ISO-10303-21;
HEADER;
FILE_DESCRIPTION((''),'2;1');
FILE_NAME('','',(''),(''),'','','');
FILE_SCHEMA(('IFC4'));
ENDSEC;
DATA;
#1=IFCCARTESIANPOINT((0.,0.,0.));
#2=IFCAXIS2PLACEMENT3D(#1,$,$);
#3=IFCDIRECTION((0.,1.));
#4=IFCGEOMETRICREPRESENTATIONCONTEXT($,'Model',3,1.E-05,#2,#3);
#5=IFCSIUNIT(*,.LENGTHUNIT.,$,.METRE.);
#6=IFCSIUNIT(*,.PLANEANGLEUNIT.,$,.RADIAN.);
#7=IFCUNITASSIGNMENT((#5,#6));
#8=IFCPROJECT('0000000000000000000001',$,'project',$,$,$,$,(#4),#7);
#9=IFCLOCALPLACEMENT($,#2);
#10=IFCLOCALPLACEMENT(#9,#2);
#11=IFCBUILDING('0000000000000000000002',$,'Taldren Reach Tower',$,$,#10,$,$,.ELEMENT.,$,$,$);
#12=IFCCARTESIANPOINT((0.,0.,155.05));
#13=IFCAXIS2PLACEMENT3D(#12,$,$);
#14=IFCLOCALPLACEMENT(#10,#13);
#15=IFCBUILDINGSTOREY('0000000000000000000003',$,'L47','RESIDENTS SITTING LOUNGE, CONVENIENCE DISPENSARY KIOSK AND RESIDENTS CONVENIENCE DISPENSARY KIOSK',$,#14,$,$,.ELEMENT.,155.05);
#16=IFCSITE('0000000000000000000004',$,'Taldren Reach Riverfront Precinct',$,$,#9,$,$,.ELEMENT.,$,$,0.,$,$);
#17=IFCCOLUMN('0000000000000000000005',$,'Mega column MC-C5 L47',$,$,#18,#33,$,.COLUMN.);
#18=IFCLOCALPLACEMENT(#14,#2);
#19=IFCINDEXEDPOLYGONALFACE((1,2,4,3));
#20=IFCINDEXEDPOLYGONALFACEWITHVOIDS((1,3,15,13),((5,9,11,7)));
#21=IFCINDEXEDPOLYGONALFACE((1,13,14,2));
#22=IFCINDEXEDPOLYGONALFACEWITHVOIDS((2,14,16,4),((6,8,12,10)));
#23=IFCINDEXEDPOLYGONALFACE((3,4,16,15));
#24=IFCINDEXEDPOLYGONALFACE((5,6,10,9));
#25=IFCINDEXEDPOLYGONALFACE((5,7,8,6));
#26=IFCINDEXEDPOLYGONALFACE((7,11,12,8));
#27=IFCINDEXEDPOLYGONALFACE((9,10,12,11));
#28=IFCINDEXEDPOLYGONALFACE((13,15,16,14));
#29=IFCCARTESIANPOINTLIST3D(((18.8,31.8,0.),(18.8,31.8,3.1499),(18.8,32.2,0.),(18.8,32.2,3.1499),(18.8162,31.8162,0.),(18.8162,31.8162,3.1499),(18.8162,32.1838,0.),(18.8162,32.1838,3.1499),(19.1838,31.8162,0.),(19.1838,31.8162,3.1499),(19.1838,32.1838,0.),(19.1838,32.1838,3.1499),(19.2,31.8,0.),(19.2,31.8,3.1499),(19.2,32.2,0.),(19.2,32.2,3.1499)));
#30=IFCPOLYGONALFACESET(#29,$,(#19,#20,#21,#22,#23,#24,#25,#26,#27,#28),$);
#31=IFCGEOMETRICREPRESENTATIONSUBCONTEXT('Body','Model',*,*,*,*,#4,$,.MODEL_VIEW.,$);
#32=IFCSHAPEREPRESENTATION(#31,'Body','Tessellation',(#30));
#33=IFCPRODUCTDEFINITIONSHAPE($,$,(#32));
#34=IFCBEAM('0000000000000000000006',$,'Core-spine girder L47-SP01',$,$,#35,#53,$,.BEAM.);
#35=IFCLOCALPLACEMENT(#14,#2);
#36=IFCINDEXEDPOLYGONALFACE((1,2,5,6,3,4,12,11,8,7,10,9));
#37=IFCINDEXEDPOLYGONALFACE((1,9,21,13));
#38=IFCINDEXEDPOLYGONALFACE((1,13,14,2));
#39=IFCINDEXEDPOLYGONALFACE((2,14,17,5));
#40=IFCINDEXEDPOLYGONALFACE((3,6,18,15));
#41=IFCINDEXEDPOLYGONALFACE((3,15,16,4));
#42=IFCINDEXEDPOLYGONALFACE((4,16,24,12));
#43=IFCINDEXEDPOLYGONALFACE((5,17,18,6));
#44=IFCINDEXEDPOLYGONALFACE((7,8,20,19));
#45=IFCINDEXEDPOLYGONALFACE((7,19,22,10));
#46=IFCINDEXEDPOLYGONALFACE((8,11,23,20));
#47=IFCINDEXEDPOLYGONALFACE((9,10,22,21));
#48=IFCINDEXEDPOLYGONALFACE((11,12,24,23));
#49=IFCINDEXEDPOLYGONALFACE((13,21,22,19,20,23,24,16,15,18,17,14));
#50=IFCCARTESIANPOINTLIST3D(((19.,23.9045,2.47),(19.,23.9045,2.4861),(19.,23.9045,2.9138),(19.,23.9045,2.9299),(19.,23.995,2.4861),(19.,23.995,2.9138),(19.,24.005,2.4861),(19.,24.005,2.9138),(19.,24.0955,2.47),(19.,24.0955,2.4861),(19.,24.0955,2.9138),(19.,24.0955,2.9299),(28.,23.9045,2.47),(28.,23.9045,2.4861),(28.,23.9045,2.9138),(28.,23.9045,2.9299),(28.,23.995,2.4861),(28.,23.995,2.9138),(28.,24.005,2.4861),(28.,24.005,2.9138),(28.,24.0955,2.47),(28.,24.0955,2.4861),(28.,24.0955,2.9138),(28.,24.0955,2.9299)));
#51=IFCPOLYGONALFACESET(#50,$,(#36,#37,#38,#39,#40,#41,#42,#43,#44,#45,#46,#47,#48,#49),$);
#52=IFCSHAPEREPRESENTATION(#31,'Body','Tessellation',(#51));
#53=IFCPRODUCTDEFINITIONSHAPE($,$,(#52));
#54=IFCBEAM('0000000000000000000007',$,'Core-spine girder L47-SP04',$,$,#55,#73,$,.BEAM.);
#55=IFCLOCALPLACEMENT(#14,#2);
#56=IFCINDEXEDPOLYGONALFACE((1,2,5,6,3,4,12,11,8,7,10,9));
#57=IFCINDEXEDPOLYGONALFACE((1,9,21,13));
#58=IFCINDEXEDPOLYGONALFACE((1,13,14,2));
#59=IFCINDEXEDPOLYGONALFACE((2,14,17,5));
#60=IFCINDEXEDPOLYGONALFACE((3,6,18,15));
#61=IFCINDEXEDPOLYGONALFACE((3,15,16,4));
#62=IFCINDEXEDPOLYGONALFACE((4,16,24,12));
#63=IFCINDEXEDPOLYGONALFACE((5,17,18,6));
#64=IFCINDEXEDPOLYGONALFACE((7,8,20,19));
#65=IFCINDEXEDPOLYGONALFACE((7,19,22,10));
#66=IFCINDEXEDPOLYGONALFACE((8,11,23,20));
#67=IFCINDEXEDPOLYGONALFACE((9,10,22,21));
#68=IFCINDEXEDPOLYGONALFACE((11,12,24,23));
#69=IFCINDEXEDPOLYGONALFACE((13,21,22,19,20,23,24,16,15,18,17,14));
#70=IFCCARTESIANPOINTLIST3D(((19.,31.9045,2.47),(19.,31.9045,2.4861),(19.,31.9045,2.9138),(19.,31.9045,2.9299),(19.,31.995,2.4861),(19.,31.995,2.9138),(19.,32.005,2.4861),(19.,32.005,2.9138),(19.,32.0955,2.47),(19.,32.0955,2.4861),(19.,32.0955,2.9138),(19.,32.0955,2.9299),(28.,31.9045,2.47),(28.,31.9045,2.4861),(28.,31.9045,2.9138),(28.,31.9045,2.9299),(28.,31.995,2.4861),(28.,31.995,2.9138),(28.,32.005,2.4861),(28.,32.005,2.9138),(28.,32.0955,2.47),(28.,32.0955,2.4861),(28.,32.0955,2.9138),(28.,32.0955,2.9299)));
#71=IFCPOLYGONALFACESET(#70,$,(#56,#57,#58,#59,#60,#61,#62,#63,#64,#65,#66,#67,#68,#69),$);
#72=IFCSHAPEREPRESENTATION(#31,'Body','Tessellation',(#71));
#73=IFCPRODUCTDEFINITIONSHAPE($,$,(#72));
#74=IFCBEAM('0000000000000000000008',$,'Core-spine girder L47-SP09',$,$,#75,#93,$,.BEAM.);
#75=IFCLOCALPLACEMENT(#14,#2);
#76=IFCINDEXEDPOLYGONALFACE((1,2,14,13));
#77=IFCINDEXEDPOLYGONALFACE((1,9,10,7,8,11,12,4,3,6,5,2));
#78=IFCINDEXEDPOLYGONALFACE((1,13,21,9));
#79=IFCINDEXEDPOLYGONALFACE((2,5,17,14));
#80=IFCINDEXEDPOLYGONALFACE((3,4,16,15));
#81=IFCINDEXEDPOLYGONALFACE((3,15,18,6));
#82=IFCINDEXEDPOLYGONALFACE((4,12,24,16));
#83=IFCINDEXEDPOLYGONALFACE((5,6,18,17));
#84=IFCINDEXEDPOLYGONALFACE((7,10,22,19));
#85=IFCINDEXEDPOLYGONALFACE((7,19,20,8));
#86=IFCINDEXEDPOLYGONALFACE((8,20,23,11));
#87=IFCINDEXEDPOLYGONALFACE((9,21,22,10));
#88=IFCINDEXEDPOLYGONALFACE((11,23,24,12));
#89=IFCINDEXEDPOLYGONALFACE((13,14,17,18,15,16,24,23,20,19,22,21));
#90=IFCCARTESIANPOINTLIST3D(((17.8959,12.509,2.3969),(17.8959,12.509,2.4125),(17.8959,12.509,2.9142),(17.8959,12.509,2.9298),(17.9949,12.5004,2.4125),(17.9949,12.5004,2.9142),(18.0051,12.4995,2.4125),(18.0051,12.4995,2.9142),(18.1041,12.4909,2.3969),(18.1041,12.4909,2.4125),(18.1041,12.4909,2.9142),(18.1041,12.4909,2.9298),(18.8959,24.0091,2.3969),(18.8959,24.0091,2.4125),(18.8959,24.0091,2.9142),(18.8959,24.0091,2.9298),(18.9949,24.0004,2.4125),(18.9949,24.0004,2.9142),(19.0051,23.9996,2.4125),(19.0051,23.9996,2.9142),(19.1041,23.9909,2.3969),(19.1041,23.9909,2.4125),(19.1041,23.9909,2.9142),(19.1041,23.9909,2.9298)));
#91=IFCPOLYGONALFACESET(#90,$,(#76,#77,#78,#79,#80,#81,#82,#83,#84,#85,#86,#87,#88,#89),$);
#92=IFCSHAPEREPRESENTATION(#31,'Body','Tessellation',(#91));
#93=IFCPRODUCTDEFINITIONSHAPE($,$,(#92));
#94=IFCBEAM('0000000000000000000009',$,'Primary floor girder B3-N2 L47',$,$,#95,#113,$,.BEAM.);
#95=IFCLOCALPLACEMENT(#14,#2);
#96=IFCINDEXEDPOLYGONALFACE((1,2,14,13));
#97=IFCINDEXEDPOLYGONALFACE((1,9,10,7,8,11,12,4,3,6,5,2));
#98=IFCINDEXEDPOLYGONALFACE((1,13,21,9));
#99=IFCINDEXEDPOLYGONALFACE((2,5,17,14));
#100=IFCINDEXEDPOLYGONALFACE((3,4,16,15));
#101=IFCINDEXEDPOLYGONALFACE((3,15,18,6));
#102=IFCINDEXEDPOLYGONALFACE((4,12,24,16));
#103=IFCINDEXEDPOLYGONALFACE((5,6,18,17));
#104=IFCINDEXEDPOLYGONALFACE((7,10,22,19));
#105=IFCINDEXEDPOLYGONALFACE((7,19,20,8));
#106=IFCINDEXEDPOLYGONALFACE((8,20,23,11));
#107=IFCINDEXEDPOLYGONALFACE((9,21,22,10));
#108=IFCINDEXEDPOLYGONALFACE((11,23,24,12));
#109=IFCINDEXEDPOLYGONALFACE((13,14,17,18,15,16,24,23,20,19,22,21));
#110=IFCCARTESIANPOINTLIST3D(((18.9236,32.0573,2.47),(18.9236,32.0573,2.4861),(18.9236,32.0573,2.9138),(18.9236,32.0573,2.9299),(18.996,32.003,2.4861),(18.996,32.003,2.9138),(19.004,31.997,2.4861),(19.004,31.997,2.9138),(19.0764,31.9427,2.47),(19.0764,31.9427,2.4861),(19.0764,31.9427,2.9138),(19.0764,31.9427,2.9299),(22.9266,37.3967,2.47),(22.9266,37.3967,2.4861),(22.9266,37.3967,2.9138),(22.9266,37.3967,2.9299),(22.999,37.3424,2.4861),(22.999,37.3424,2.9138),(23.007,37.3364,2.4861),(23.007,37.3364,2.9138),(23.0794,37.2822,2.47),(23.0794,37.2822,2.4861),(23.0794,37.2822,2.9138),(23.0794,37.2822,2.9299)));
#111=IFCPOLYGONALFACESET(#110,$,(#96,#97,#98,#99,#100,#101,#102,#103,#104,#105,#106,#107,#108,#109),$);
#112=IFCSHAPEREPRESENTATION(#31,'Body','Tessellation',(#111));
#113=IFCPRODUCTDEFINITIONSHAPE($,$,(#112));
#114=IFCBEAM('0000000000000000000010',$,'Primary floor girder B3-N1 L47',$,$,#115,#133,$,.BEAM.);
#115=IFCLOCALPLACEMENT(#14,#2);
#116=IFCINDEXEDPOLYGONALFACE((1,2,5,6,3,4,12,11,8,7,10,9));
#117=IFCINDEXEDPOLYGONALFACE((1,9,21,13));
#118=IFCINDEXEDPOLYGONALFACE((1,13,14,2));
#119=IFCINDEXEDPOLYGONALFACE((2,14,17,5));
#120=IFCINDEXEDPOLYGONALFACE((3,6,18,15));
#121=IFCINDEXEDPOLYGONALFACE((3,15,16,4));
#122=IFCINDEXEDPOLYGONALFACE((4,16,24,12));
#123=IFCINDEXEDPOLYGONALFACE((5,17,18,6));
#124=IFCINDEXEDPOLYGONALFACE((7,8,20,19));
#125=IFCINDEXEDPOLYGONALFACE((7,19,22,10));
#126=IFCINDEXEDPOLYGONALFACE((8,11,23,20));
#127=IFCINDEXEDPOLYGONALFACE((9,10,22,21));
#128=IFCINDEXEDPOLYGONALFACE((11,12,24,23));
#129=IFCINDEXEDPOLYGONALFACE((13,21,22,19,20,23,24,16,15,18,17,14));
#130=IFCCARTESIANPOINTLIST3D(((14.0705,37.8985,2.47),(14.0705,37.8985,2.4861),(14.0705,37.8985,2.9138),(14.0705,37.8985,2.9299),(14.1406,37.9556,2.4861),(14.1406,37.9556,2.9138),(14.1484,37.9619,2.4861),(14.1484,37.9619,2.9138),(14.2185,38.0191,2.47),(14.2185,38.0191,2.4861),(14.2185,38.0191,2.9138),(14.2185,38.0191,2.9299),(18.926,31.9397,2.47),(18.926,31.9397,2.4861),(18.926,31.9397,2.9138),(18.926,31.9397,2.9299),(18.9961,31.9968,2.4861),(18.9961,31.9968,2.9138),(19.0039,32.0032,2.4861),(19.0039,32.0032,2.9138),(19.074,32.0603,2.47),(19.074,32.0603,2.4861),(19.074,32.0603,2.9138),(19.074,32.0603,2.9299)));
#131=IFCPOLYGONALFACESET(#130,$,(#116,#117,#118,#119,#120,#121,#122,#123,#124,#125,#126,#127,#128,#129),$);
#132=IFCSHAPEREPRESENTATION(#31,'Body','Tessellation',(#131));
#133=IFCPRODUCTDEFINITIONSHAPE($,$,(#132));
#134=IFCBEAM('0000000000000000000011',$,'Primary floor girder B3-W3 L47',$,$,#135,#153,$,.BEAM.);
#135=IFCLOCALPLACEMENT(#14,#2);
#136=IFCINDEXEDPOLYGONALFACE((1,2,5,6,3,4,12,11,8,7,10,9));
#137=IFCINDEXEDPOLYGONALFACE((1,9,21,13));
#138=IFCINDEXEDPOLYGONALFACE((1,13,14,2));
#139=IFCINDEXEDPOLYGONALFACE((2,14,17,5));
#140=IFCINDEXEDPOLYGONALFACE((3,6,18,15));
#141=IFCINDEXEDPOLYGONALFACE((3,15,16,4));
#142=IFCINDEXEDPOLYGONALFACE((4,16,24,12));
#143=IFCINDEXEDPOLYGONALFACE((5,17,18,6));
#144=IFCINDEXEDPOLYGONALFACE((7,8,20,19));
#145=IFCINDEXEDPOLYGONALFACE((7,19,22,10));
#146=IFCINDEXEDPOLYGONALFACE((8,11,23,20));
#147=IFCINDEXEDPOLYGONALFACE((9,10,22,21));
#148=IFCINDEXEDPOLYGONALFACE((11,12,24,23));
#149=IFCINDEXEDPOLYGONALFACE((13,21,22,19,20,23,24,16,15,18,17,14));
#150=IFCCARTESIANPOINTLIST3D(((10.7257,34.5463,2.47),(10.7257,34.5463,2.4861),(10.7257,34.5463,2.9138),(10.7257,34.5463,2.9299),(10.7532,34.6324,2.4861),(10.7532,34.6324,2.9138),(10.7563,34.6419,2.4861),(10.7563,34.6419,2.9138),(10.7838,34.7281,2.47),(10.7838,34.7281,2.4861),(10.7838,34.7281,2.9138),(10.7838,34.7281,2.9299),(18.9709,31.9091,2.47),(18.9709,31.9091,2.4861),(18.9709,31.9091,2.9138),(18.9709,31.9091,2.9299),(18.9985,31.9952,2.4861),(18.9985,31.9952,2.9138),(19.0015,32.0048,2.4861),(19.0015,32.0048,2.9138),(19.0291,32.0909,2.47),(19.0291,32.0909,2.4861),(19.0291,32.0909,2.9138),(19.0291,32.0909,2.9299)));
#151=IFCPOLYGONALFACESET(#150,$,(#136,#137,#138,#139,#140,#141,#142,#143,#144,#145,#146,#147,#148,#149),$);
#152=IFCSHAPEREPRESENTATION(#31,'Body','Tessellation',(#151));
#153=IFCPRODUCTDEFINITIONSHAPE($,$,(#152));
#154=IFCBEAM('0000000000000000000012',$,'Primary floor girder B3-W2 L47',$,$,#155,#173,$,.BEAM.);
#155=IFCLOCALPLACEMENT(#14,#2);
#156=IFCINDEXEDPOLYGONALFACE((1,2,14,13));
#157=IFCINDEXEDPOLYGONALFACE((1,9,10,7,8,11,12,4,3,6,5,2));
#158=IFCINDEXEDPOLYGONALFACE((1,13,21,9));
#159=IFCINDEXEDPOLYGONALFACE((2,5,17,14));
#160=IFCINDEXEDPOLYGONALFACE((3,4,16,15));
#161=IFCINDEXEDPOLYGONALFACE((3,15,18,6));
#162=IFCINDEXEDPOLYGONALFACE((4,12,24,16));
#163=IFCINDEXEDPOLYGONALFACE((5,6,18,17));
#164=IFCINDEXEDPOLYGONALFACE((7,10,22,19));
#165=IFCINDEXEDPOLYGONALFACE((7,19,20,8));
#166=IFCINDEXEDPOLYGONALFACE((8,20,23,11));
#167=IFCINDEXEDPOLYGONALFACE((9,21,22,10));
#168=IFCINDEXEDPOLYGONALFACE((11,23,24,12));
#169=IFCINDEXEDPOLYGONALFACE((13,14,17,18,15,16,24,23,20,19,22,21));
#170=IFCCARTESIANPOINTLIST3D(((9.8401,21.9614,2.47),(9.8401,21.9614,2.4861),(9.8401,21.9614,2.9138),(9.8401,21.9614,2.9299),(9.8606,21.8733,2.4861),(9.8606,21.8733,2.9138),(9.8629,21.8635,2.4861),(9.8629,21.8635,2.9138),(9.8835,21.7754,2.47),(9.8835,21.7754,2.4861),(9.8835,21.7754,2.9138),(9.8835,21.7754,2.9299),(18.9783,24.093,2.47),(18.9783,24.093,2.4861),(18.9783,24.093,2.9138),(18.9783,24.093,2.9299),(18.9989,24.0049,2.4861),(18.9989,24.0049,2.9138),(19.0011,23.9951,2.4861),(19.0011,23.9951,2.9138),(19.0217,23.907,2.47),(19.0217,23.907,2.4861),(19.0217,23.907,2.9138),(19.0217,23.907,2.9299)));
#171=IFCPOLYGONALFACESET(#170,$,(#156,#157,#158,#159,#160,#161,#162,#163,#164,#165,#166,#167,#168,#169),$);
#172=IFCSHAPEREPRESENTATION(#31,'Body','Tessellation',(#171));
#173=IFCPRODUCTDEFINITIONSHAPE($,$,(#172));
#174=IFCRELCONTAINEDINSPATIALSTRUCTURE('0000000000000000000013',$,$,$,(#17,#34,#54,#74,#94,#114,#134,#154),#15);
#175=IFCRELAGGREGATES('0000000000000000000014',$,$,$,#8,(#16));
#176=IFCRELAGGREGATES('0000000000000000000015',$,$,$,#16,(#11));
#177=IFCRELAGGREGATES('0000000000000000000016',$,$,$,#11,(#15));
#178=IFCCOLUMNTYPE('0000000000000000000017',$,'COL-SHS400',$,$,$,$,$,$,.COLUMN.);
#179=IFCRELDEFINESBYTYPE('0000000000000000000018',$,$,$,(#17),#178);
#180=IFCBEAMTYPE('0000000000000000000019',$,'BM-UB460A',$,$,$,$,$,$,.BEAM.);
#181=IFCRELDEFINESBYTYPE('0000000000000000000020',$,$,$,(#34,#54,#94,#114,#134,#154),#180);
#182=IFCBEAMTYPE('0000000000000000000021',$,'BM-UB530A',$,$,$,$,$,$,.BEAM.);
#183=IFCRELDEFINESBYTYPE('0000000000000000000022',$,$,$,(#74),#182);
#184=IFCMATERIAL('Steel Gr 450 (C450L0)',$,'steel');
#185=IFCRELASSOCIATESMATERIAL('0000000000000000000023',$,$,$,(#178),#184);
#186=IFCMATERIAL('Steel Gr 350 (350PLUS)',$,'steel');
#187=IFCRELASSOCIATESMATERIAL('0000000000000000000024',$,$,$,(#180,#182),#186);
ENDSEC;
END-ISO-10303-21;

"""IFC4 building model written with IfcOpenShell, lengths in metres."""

from ifc_helpers import new_model, si_unit, direction, frame, origin, origin_2d, place, context, subcontext, project, spatial, hollow_rectangle, i_section, extrude, source, transform, mapped, material, material_profile, profile_set, type_object, element, save


model = new_model("IFC4")

# Units and contexts
model_context = context("Model", 3, precision=1e-05, world=origin(), true_north=direction((0.0, 1.0)))
body_context = subcontext(model_context, "Body", "Model", "MODEL_VIEW")
ifc_project = project(units=[si_unit("LENGTHUNIT", "METRE"), si_unit("PLANEANGLEUNIT", "RADIAN")], contexts=[model_context])

# Site, building, storey
site_placement = place(None, origin())
site = spatial("IfcSite", under=ifc_project, at=site_placement, Name="Taldren Reach Riverfront Precinct", CompositionType="ELEMENT", RefElevation=0.0)
building_placement = place(site_placement, origin())
building = spatial("IfcBuilding", under=site, at=building_placement, Name="Taldren Reach Tower", CompositionType="ELEMENT")
storey_placement = place(building_placement, frame((0.0, 0.0, 155.05)))
storey = spatial("IfcBuildingStorey", under=building, at=storey_placement, Name="L47", Description="RESIDENTS SITTING LOUNGE, CONVENIENCE DISPENSARY KIOSK AND RESIDENTS CONVENIENCE DISPENSARY KIOSK", CompositionType="ELEMENT", Elevation=155.05)

# Column
ifc_material_1 = material(Name="Steel Gr 450 (C450L0)", Category="steel")
ifc_material_profile_1 = material_profile(ifc_material_1, hollow_rectangle(XDim=0.3999, YDim=0.3999, WallThickness=0.0161, at=origin_2d()), Name="400x400x16.0SHS")
ifc_profile_set_1 = profile_set([ifc_material_profile_1], Name="Steel Gr 450 (C450L0)")
column_type = type_object("IfcColumnType", Name="COL-SHS400", PredefinedType="COLUMN", material=ifc_profile_set_1)
shared_shape_1 = source(origin(), body_context, "Body", "SweptSolid", [
    extrude(hollow_rectangle(XDim=0.3999, YDim=0.3999, WallThickness=0.0161, at=origin_2d()), origin(), (0.0, 0.0, 1.0), 3.1499),
])
column_placement = place(storey_placement, frame((19.0, 32.0, 0.0), z_axis=(0.0, 0.0, 1.0), x_axis=(1.0, 0.0, 0.0)))
element("IfcColumn", 1, at=column_placement, inside=storey, type_object=column_type, Name="Mega column MC-C5 L47", PredefinedType="COLUMN", context=body_context, shape_type="MappedRepresentation", body=[
    mapped(shared_shape_1, transform((0.0, 0.0, 0.0), scale=1.0)),
])

# Beams
ifc_material_2 = material(Name="Steel Gr 350 (350PLUS)", Category="steel")
ifc_material_profile_2 = material_profile(ifc_material_2, i_section(OverallWidth=0.1909, OverallDepth=0.46, WebThickness=0.01, FlangeThickness=0.0161, at=origin_2d()), Name="460UB82.1")
ifc_profile_set_2 = profile_set([ifc_material_profile_2], Name="Steel Gr 350 (350PLUS)")
beam_type_1 = type_object("IfcBeamType", Name="BM-UB460A", PredefinedType="BEAM", material=ifc_profile_set_2)
shared_shape_2 = source(origin(), body_context, "Body", "SweptSolid", [
    extrude(i_section(OverallWidth=0.1909, OverallDepth=0.46, WebThickness=0.01, FlangeThickness=0.0161, at=origin_2d()), origin(), (0.0, 0.0, 1.0), 9.0),
])
for number, where, z_axis, x_axis, name in (
    (2, (19.0, 24.0, 2.7), (1.0, 0.0, 0.0), (0.0, 1.0, 0.0), "Core-spine girder L47-SP01"),
    (3, (19.0, 32.0, 2.7), (1.0, 0.0, 0.0), (0.0, 1.0, 0.0), "Core-spine girder L47-SP04"),
):
    element("IfcBeam", number, at=place(storey_placement, frame(where, z_axis=z_axis, x_axis=x_axis)), inside=storey, type_object=beam_type_1, Name=name, PredefinedType="BEAM", context=body_context, shape_type="MappedRepresentation", body=[
        mapped(shared_shape_2, transform((0.0, 0.0, 0.0), scale=1.0)),
    ])
ifc_material_profile_3 = material_profile(ifc_material_2, i_section(OverallWidth=0.209, OverallDepth=0.533, WebThickness=0.0103, FlangeThickness=0.0156, at=origin_2d()), Name="530UB92.4")
ifc_profile_set_3 = profile_set([ifc_material_profile_3], Name="Steel Gr 350 (350PLUS)")
beam_type_2 = type_object("IfcBeamType", Name="BM-UB530A", PredefinedType="BEAM", material=ifc_profile_set_3)
shared_shape_3 = source(origin(), body_context, "Body", "SweptSolid", [
    extrude(i_section(OverallWidth=0.209, OverallDepth=0.533, WebThickness=0.0103, FlangeThickness=0.0156, at=origin_2d()), origin(), (0.0, 0.0, 1.0), 11.5435),
])
beam_1_placement = place(storey_placement, frame((19.0, 24.0, 2.6633), z_axis=(-0.08663, -0.996241, 0.0), x_axis=(0.996241, -0.08663, 0.0)))
element("IfcBeam", 4, at=beam_1_placement, inside=storey, type_object=beam_type_2, Name="Core-spine girder L47-SP09", PredefinedType="BEAM", context=body_context, shape_type="MappedRepresentation", body=[
    mapped(shared_shape_3, transform((0.0, 0.0, 0.0), scale=1.0)),
])
shared_shape_4 = source(origin(), body_context, "Body", "SweptSolid", [
    extrude(i_section(OverallWidth=0.1909, OverallDepth=0.46, WebThickness=0.01, FlangeThickness=0.0161, at=origin_2d()), origin(), (0.0, 0.0, 1.0), 6.6733),
])
beam_2_placement = place(storey_placement, frame((19.0, 32.0, 2.7), z_axis=(0.599848, 0.800114, 0.0), x_axis=(-0.800114, 0.599848, 0.0)))
element("IfcBeam", 5, at=beam_2_placement, inside=storey, type_object=beam_type_1, Name="Primary floor girder B3-N2 L47", PredefinedType="BEAM", context=body_context, shape_type="MappedRepresentation", body=[
    mapped(shared_shape_4, transform((0.0, 0.0, 0.0), scale=1.0)),
])
shared_shape_5 = source(origin(), body_context, "Body", "SweptSolid", [
    extrude(i_section(OverallWidth=0.1909, OverallDepth=0.46, WebThickness=0.01, FlangeThickness=0.0161, at=origin_2d()), origin(), (0.0, 0.0, 1.0), 7.6865),
])
beam_3_placement = place(storey_placement, frame((19.0, 32.0, 2.7), z_axis=(-0.631689, 0.775222, 0.0), x_axis=(-0.775222, -0.631689, 0.0)))
element("IfcBeam", 6, at=beam_3_placement, inside=storey, type_object=beam_type_1, Name="Primary floor girder B3-N1 L47", PredefinedType="BEAM", context=body_context, shape_type="MappedRepresentation", body=[
    mapped(shared_shape_5, transform((0.0, 0.0, 0.0), scale=1.0)),
])
shared_shape_6 = source(origin(), body_context, "Body", "SweptSolid", [
    extrude(i_section(OverallWidth=0.1909, OverallDepth=0.46, WebThickness=0.01, FlangeThickness=0.0161, at=origin_2d()), origin(), (0.0, 0.0, 1.0), 8.6567),
])
beam_4_placement = place(storey_placement, frame((19.0, 32.0, 2.7), z_axis=(-0.952468, 0.304639, 0.0), x_axis=(-0.304639, -0.952468, 0.0)))
element("IfcBeam", 7, at=beam_4_placement, inside=storey, type_object=beam_type_1, Name="Primary floor girder B3-W3 L47", PredefinedType="BEAM", context=body_context, shape_type="MappedRepresentation", body=[
    mapped(shared_shape_6, transform((0.0, 0.0, 0.0), scale=1.0)),
])
shared_shape_7 = source(origin(), body_context, "Body", "SweptSolid", [
    extrude(i_section(OverallWidth=0.1909, OverallDepth=0.46, WebThickness=0.01, FlangeThickness=0.0161, at=origin_2d()), origin(), (0.0, 0.0, 1.0), 9.3835),
])
beam_5_placement = place(storey_placement, frame((19.0, 24.0, 2.7), z_axis=(-0.973857, -0.227164, 0.0), x_axis=(0.227164, -0.973857, 0.0)))
element("IfcBeam", 8, at=beam_5_placement, inside=storey, type_object=beam_type_1, Name="Primary floor girder B3-W2 L47", PredefinedType="BEAM", context=body_context, shape_type="MappedRepresentation", body=[
    mapped(shared_shape_7, transform((0.0, 0.0, 0.0), scale=1.0)),
])

save(model, "model.ifc")
